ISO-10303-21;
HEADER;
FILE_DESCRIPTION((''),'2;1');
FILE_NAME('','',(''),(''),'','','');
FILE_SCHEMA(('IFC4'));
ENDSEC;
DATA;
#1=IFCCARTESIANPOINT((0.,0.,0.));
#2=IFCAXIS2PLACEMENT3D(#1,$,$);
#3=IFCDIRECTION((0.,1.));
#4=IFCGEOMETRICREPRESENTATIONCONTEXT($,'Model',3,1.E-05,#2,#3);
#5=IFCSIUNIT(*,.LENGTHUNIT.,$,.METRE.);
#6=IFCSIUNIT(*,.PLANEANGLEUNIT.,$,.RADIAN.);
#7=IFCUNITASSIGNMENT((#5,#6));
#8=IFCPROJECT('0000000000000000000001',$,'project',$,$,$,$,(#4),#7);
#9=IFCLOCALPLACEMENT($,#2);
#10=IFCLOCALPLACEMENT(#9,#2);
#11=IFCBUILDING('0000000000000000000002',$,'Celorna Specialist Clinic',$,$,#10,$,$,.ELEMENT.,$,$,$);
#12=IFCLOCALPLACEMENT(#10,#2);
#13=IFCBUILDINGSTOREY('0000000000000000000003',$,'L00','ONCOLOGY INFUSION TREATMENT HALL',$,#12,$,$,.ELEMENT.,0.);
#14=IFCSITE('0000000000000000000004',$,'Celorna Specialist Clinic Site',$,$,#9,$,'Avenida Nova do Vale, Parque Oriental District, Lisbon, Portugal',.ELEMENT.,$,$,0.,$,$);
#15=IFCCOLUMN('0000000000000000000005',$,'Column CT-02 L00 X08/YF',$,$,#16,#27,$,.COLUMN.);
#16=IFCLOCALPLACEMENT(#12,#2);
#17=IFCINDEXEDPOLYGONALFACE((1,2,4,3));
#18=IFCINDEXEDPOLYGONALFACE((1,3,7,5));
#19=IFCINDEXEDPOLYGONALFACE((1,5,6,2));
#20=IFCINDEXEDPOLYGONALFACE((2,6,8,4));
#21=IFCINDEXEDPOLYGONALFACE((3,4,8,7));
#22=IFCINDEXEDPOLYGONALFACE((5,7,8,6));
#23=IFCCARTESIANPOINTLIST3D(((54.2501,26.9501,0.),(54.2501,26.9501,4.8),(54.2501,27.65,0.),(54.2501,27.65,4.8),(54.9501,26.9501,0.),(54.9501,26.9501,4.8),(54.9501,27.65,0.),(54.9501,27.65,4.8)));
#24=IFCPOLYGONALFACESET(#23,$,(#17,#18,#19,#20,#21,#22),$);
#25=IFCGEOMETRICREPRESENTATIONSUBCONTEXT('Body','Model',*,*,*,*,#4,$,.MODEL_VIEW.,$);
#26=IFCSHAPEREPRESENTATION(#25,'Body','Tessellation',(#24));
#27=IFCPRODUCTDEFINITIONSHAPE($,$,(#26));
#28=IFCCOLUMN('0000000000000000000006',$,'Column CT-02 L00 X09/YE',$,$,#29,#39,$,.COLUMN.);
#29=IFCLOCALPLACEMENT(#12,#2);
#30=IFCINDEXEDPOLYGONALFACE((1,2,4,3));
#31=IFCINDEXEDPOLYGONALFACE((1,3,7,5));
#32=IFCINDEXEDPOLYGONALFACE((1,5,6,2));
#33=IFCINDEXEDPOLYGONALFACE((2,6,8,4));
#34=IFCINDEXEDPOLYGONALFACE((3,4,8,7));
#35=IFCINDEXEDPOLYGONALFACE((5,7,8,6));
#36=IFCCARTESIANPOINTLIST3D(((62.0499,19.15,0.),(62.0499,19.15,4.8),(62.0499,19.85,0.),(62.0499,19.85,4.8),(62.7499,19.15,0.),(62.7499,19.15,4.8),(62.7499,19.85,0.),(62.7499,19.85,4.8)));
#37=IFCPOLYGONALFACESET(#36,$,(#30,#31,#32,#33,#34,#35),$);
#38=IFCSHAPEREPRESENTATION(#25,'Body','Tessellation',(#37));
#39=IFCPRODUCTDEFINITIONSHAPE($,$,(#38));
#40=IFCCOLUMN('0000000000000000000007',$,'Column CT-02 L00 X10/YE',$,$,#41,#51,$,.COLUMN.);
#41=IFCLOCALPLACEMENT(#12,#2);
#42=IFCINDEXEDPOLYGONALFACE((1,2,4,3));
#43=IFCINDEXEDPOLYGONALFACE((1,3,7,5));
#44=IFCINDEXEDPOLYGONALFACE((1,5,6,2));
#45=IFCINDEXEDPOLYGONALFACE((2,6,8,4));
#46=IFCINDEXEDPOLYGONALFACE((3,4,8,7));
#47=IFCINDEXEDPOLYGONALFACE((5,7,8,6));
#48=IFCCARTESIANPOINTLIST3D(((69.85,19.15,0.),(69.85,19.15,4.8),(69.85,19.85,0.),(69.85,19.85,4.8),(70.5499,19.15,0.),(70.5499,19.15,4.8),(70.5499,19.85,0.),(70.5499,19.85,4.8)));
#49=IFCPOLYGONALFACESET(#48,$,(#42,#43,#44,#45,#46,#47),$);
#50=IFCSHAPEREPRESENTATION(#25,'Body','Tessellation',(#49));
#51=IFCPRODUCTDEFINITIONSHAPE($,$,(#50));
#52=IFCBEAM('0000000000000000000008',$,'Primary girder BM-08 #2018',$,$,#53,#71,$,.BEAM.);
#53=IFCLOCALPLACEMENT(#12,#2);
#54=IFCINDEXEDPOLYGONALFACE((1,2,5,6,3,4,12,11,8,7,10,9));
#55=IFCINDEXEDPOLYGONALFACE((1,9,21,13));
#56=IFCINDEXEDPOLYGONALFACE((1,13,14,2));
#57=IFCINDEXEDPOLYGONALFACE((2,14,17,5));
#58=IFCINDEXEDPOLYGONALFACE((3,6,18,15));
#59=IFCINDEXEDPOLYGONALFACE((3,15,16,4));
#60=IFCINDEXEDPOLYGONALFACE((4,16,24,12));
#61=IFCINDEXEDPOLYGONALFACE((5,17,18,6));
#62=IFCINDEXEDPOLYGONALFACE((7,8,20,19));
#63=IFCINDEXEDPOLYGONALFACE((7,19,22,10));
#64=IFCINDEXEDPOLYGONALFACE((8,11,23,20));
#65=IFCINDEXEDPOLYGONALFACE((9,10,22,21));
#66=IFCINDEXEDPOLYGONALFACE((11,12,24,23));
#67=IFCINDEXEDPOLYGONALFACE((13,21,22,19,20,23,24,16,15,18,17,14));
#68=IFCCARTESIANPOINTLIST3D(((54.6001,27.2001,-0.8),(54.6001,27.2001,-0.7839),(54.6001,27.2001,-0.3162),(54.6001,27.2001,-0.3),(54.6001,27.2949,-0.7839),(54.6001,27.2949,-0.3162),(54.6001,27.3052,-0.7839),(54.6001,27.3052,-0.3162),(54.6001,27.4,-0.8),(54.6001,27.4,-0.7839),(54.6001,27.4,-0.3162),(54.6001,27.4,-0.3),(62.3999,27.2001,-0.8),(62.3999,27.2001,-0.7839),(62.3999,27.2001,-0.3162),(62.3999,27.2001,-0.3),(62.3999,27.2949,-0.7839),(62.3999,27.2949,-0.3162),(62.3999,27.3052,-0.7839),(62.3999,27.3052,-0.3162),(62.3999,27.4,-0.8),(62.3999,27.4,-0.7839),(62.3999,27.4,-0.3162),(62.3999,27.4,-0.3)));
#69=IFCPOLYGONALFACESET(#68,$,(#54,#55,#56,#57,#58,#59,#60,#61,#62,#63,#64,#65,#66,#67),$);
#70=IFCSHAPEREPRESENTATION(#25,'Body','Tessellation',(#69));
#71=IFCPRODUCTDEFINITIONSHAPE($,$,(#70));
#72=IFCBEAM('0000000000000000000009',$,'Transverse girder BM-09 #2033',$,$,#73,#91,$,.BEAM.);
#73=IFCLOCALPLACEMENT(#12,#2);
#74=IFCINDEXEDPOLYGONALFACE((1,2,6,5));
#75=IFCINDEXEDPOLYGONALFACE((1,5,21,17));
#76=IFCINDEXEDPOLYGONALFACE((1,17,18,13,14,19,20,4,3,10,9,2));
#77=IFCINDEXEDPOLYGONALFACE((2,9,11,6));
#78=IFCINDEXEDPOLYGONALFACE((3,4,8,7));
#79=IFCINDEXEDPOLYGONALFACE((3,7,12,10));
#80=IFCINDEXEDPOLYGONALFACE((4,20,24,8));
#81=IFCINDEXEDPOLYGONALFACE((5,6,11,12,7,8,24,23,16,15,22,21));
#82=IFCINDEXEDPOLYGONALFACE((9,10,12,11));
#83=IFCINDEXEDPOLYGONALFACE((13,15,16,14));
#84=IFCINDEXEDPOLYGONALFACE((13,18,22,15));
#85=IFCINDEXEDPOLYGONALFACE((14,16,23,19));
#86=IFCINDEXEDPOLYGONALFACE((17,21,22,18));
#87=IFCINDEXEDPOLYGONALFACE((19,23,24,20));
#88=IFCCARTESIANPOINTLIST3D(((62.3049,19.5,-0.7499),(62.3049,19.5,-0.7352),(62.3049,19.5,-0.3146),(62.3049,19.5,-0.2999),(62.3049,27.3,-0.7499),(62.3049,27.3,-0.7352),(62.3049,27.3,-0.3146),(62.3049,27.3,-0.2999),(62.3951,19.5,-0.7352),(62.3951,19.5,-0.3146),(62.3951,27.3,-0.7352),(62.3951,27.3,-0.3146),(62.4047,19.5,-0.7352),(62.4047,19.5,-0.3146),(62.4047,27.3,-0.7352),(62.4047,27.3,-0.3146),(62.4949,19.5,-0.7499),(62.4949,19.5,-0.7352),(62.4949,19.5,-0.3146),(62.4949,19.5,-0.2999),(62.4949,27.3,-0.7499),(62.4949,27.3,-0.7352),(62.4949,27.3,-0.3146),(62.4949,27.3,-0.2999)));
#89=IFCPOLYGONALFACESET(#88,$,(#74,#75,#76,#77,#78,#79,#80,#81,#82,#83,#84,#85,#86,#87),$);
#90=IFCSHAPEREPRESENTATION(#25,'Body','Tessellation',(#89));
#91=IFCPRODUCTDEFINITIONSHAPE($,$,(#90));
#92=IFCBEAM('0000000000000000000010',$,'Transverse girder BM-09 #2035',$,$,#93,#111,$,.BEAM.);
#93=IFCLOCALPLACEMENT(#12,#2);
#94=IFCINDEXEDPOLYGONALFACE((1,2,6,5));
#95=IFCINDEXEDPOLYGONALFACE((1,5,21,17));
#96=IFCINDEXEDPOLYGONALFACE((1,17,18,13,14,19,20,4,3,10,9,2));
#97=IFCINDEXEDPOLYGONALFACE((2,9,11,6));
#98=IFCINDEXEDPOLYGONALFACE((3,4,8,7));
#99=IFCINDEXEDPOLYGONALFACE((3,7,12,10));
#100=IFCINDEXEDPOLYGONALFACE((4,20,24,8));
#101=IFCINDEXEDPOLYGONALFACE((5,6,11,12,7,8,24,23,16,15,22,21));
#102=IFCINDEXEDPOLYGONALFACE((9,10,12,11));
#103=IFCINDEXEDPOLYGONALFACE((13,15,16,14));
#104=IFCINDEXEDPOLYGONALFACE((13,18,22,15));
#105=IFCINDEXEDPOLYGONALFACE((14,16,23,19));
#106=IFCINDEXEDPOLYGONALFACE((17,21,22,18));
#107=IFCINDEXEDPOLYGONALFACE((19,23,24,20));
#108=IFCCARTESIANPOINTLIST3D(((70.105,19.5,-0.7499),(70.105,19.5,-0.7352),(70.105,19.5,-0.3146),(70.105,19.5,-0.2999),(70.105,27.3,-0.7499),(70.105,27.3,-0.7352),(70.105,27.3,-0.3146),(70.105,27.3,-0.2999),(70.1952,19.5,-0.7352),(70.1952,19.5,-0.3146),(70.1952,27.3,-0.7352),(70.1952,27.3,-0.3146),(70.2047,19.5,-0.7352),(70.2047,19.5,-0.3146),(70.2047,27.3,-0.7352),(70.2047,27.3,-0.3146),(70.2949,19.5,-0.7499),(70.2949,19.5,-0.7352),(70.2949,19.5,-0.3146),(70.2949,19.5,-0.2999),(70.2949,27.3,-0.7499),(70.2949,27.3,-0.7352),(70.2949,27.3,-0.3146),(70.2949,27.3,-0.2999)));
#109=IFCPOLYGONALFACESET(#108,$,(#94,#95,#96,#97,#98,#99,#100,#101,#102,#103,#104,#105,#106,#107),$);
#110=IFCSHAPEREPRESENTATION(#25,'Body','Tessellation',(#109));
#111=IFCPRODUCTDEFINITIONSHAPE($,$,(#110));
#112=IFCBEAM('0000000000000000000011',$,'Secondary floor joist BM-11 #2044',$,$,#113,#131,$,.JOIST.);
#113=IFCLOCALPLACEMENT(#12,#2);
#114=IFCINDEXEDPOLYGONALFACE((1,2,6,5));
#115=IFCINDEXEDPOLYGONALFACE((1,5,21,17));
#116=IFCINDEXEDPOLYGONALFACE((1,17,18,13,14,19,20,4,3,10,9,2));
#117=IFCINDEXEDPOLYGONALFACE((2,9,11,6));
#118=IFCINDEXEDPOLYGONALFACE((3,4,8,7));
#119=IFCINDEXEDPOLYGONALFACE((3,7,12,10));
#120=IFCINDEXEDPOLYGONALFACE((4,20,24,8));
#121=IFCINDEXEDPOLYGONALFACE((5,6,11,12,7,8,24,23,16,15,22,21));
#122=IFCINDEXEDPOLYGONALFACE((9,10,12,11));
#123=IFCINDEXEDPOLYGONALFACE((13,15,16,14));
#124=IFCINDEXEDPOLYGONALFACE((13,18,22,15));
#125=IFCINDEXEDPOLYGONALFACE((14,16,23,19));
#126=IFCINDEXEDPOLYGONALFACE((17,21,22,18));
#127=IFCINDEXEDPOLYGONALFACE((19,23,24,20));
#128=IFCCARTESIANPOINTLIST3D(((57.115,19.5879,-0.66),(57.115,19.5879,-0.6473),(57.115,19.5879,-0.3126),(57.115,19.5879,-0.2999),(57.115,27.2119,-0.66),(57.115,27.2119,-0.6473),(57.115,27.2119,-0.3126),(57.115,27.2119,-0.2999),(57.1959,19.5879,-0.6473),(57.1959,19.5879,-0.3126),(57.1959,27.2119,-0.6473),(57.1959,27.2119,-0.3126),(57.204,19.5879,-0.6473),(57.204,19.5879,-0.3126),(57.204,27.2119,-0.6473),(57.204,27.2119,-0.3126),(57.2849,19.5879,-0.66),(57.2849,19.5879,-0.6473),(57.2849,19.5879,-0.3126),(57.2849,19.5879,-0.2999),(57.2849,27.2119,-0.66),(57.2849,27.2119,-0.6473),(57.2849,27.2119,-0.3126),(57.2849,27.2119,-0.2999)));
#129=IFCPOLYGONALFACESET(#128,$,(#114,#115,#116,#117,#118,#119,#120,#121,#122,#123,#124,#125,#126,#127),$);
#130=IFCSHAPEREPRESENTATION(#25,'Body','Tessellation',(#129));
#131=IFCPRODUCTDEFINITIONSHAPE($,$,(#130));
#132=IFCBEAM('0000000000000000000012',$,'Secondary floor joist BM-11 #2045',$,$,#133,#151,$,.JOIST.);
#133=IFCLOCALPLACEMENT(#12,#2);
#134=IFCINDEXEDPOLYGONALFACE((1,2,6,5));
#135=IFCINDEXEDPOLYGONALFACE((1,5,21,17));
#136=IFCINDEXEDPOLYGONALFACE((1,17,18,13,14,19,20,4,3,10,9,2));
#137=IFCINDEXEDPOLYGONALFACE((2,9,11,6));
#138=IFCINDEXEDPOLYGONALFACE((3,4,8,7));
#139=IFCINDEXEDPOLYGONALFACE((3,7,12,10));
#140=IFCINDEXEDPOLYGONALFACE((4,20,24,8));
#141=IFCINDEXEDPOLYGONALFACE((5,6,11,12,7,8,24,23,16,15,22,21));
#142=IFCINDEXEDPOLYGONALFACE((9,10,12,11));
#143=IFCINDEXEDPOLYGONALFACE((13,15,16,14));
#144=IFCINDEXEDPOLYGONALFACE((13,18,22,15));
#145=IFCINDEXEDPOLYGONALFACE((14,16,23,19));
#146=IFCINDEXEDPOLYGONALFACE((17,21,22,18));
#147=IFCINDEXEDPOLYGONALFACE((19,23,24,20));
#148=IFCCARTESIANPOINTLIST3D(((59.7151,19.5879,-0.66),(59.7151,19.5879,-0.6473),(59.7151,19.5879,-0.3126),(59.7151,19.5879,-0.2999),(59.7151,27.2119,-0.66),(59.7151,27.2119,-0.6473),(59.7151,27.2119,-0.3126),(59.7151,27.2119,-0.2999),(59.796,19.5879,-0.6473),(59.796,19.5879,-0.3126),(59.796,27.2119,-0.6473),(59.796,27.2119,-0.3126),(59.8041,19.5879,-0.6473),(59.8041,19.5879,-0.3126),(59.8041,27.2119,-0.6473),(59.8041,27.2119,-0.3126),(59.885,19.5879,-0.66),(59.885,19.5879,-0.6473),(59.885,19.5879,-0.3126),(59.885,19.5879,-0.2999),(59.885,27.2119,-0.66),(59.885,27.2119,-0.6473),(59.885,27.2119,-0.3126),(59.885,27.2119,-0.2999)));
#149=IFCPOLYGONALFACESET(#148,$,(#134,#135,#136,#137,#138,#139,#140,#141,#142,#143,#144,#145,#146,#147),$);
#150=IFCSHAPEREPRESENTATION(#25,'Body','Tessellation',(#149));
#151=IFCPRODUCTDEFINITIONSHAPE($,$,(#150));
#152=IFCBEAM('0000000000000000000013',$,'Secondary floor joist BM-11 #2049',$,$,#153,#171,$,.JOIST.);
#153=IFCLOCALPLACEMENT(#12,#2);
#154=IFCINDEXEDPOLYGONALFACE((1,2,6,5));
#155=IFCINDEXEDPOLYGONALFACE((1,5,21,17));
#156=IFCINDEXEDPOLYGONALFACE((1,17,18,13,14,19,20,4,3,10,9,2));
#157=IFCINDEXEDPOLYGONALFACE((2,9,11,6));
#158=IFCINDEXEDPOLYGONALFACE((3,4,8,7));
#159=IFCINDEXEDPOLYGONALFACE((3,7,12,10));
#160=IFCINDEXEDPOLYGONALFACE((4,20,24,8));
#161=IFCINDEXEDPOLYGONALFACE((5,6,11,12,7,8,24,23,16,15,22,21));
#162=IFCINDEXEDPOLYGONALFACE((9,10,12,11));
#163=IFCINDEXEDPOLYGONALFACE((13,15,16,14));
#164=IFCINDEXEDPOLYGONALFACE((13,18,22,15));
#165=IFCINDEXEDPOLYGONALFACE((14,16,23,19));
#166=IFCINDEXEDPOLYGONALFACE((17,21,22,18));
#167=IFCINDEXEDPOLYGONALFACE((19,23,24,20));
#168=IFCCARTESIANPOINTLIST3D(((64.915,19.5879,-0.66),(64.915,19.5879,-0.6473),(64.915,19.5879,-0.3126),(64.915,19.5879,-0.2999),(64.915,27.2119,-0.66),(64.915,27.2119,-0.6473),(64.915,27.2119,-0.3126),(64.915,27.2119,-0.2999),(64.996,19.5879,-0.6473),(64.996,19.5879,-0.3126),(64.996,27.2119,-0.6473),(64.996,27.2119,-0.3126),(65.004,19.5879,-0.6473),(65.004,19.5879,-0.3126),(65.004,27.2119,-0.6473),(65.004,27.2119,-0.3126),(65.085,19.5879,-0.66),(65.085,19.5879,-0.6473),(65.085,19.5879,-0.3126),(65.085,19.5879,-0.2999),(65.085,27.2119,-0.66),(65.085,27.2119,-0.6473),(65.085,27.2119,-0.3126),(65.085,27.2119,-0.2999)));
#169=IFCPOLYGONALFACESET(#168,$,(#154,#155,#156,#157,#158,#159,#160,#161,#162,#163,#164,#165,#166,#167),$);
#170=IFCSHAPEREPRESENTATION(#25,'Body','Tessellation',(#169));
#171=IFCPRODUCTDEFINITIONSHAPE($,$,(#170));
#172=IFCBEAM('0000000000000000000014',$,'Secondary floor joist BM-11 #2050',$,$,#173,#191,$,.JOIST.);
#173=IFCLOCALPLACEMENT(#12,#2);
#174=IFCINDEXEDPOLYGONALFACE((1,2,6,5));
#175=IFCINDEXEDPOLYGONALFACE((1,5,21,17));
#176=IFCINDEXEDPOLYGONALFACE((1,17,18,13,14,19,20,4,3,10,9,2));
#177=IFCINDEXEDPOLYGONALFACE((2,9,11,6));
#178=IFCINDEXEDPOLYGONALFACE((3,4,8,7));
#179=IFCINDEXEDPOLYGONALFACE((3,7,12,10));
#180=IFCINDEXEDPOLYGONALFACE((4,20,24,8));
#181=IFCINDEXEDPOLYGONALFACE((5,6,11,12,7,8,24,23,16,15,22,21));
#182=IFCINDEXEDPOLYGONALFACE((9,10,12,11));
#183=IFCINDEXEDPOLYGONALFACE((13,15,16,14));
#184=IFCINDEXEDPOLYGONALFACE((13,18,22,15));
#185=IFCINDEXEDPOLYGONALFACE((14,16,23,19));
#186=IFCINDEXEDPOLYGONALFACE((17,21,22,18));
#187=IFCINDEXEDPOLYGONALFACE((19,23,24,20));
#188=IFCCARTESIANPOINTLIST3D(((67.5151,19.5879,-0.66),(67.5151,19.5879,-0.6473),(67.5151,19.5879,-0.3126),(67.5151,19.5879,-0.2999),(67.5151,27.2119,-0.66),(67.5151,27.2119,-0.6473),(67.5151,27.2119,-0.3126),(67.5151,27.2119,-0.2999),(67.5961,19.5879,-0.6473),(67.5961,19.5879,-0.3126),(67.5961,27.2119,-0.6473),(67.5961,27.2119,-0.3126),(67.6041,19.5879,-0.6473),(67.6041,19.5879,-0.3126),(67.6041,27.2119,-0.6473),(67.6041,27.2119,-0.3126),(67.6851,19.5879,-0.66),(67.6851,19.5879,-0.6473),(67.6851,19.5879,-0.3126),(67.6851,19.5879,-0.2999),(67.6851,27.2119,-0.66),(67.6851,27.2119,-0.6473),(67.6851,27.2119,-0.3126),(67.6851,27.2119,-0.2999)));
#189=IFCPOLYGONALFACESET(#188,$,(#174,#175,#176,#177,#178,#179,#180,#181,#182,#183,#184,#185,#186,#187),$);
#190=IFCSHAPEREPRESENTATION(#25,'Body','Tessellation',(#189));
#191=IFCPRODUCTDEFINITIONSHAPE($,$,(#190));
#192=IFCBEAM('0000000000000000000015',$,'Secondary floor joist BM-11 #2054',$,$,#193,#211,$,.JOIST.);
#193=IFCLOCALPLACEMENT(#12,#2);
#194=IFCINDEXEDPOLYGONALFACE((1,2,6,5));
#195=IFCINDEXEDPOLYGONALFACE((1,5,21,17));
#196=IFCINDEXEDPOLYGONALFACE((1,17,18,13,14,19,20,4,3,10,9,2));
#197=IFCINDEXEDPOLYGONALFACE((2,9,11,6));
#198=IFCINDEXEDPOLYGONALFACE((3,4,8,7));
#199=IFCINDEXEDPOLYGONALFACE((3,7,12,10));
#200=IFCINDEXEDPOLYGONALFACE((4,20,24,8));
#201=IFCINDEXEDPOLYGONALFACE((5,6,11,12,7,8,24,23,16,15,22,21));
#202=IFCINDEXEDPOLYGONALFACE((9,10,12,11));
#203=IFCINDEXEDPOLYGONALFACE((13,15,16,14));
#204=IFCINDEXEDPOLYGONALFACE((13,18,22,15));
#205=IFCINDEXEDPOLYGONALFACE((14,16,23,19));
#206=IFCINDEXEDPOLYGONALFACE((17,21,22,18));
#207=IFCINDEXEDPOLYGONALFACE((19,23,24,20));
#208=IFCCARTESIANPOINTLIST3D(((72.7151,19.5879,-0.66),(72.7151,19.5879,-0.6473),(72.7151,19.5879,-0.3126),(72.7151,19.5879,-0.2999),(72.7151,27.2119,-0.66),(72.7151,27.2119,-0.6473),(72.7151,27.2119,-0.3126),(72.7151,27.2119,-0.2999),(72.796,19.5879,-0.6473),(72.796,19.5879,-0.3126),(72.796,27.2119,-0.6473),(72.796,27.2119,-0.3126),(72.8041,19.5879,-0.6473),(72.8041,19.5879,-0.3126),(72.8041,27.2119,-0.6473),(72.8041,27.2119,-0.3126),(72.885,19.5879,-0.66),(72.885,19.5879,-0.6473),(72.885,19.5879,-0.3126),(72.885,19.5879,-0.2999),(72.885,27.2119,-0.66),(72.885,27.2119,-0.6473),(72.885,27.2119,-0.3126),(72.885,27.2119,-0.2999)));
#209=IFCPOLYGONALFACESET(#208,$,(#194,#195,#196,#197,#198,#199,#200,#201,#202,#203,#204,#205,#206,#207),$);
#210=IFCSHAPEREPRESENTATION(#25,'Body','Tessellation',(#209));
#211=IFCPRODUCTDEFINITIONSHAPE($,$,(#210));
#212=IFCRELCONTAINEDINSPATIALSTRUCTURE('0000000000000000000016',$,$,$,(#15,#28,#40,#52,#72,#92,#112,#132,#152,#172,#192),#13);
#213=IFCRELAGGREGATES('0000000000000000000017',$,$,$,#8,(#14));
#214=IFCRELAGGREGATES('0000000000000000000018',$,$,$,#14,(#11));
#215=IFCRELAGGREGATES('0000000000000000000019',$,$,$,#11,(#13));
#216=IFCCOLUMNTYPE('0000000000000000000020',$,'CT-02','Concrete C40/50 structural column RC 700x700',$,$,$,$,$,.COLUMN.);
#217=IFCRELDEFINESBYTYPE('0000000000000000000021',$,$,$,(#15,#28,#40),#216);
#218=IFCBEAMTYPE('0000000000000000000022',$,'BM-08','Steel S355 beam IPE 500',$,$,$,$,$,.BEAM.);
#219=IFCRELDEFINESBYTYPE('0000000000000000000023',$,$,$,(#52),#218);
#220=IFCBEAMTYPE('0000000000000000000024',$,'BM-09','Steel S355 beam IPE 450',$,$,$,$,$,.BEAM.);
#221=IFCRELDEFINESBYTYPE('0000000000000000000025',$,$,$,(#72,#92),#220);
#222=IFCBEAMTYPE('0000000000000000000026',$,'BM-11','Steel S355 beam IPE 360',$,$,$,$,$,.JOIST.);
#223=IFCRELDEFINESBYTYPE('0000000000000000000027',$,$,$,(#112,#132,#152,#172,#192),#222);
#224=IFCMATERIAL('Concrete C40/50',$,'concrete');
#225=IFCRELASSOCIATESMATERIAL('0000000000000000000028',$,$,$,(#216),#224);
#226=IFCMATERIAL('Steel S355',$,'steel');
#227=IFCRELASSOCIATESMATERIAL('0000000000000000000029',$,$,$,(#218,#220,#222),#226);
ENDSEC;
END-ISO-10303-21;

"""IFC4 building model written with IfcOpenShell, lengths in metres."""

from ifc_helpers import new_model, si_unit, direction, frame, origin, origin_2d, place, context, subcontext, project, spatial, rectangle, i_section, extrude, material, material_profile, profile_set, type_object, element, save


model = new_model("IFC4")

# Units and contexts
model_context = context("Model", 3, precision=1e-05, world=origin(), true_north=direction((0.0, 1.0)))
body_context = subcontext(model_context, "Body", "Model", "MODEL_VIEW")
ifc_project = project(units=[si_unit("LENGTHUNIT", "METRE"), si_unit("PLANEANGLEUNIT", "RADIAN")], contexts=[model_context])

# Site, building, storey
site_placement = place(None, origin())
site = spatial("IfcSite", under=ifc_project, at=site_placement, Name="Celorna Specialist Clinic Site", LongName="Avenida Nova do Vale, Parque Oriental District, Lisbon, Portugal", CompositionType="ELEMENT", RefElevation=0.0)
building_placement = place(site_placement, origin())
building = spatial("IfcBuilding", under=site, at=building_placement, Name="Celorna Specialist Clinic", CompositionType="ELEMENT")
storey_placement = place(building_placement, origin())
storey = spatial("IfcBuildingStorey", under=building, at=storey_placement, Name="L00", Description="ONCOLOGY INFUSION TREATMENT HALL", CompositionType="ELEMENT", Elevation=0.0)

# Columns
ifc_material_1 = material(Name="Concrete C40/50", Category="concrete")
ifc_material_profile_1 = material_profile(ifc_material_1, rectangle(XDim=0.7, YDim=0.7, at=origin_2d()), Name="RC 700x700")
ifc_profile_set_1 = profile_set([ifc_material_profile_1], Name="Concrete C40/50")
column_type = type_object("IfcColumnType", Name="CT-02", Description="Concrete C40/50 structural column RC 700x700", PredefinedType="COLUMN", material=ifc_profile_set_1)
for number, where, z_axis, x_axis, name in (
    (1, (54.6001, 27.3, 0.0), (0.0, 0.0, 1.0), (1.0, 0.0, 0.0), "Column CT-02 L00 X08/YF"),
    (2, (62.3999, 19.5, 0.0), (0.0, 0.0, 1.0), (1.0, 0.0, 0.0), "Column CT-02 L00 X09/YE"),
    (3, (70.2, 19.5, 0.0), (0.0, 0.0, 1.0), (1.0, 0.0, 0.0), "Column CT-02 L00 X10/YE"),
):
    element("IfcColumn", number, at=place(storey_placement, frame(where, z_axis=z_axis, x_axis=x_axis)), inside=storey, type_object=column_type, Name=name, PredefinedType="COLUMN", context=body_context, shape_type="SweptSolid", body=[
        extrude(rectangle(XDim=0.7, YDim=0.7, at=origin_2d()), origin(), (0.0, 0.0, 1.0), 4.8),
    ])

# Beams
ifc_material_2 = material(Name="Steel S355", Category="steel")
ifc_material_profile_2 = material_profile(ifc_material_2, i_section(OverallWidth=0.2, OverallDepth=0.5, WebThickness=0.0103, FlangeThickness=0.0161, at=origin_2d()), Name="IPE 500")
ifc_profile_set_2 = profile_set([ifc_material_profile_2], Name="Steel S355")
beam_type_1 = type_object("IfcBeamType", Name="BM-08", Description="Steel S355 beam IPE 500", PredefinedType="BEAM", material=ifc_profile_set_2)
beam_placement = place(storey_placement, frame((54.6001, 27.3, -0.55), z_axis=(1.0, 0.0, 0.0), x_axis=(0.0, 1.0, 0.0)))
element("IfcBeam", 4, at=beam_placement, inside=storey, type_object=beam_type_1, Name="Primary girder BM-08 #2018", PredefinedType="BEAM", context=body_context, shape_type="SweptSolid", body=[
    extrude(i_section(OverallWidth=0.2, OverallDepth=0.5, WebThickness=0.0103, FlangeThickness=0.0161, at=origin_2d()), origin(), (0.0, 0.0, 1.0), 7.7998),
])
ifc_material_profile_3 = material_profile(ifc_material_2, i_section(OverallWidth=0.1899, OverallDepth=0.45, WebThickness=0.0095, FlangeThickness=0.0146, at=origin_2d()), Name="IPE 450")
ifc_profile_set_3 = profile_set([ifc_material_profile_3], Name="Steel S355")
beam_type_2 = type_object("IfcBeamType", Name="BM-09", Description="Steel S355 beam IPE 450", PredefinedType="BEAM", material=ifc_profile_set_3)
for number, where, z_axis, x_axis, name in (
    (5, (62.3999, 19.5, -0.5249), (0.0, 1.0, 0.0), (-1.0, 0.0, 0.0), "Transverse girder BM-09 #2033"),
    (6, (70.2, 19.5, -0.5249), (0.0, 1.0, 0.0), (-1.0, 0.0, 0.0), "Transverse girder BM-09 #2035"),
):
    element("IfcBeam", number, at=place(storey_placement, frame(where, z_axis=z_axis, x_axis=x_axis)), inside=storey, type_object=beam_type_2, Name=name, PredefinedType="BEAM", context=body_context, shape_type="SweptSolid", body=[
        extrude(i_section(OverallWidth=0.1899, OverallDepth=0.45, WebThickness=0.0095, FlangeThickness=0.0146, at=origin_2d()), origin(), (0.0, 0.0, 1.0), 7.8),
    ])
ifc_material_profile_4 = material_profile(ifc_material_2, i_section(OverallWidth=0.1699, OverallDepth=0.3601, WebThickness=0.0081, FlangeThickness=0.0127, at=origin_2d()), Name="IPE 360")
ifc_profile_set_4 = profile_set([ifc_material_profile_4], Name="Steel S355")
beam_type_3 = type_object("IfcBeamType", Name="BM-11", Description="Steel S355 beam IPE 360", PredefinedType="JOIST", material=ifc_profile_set_4)
for number, where, z_axis, x_axis, name in (
    (7, (57.2, 19.5879, -0.48), (0.0, 1.0, 0.0), (-1.0, 0.0, 0.0), "Secondary floor joist BM-11 #2044"),
    (8, (59.8, 19.5879, -0.48), (0.0, 1.0, 0.0), (-1.0, 0.0, 0.0), "Secondary floor joist BM-11 #2045"),
    (9, (65.0, 19.5879, -0.48), (0.0, 1.0, 0.0), (-1.0, 0.0, 0.0), "Secondary floor joist BM-11 #2049"),
    (10, (67.6001, 19.5879, -0.48), (0.0, 1.0, 0.0), (-1.0, 0.0, 0.0), "Secondary floor joist BM-11 #2050"),
    (11, (72.8, 19.5879, -0.48), (0.0, 1.0, 0.0), (-1.0, 0.0, 0.0), "Secondary floor joist BM-11 #2054"),
):
    element("IfcBeam", number, at=place(storey_placement, frame(where, z_axis=z_axis, x_axis=x_axis)), inside=storey, type_object=beam_type_3, Name=name, PredefinedType="JOIST", context=body_context, shape_type="SweptSolid", body=[
        extrude(i_section(OverallWidth=0.1699, OverallDepth=0.3601, WebThickness=0.0081, FlangeThickness=0.0127, at=origin_2d()), origin(), (0.0, 0.0, 1.0), 7.624),
    ])

save(model, "model.ifc")
